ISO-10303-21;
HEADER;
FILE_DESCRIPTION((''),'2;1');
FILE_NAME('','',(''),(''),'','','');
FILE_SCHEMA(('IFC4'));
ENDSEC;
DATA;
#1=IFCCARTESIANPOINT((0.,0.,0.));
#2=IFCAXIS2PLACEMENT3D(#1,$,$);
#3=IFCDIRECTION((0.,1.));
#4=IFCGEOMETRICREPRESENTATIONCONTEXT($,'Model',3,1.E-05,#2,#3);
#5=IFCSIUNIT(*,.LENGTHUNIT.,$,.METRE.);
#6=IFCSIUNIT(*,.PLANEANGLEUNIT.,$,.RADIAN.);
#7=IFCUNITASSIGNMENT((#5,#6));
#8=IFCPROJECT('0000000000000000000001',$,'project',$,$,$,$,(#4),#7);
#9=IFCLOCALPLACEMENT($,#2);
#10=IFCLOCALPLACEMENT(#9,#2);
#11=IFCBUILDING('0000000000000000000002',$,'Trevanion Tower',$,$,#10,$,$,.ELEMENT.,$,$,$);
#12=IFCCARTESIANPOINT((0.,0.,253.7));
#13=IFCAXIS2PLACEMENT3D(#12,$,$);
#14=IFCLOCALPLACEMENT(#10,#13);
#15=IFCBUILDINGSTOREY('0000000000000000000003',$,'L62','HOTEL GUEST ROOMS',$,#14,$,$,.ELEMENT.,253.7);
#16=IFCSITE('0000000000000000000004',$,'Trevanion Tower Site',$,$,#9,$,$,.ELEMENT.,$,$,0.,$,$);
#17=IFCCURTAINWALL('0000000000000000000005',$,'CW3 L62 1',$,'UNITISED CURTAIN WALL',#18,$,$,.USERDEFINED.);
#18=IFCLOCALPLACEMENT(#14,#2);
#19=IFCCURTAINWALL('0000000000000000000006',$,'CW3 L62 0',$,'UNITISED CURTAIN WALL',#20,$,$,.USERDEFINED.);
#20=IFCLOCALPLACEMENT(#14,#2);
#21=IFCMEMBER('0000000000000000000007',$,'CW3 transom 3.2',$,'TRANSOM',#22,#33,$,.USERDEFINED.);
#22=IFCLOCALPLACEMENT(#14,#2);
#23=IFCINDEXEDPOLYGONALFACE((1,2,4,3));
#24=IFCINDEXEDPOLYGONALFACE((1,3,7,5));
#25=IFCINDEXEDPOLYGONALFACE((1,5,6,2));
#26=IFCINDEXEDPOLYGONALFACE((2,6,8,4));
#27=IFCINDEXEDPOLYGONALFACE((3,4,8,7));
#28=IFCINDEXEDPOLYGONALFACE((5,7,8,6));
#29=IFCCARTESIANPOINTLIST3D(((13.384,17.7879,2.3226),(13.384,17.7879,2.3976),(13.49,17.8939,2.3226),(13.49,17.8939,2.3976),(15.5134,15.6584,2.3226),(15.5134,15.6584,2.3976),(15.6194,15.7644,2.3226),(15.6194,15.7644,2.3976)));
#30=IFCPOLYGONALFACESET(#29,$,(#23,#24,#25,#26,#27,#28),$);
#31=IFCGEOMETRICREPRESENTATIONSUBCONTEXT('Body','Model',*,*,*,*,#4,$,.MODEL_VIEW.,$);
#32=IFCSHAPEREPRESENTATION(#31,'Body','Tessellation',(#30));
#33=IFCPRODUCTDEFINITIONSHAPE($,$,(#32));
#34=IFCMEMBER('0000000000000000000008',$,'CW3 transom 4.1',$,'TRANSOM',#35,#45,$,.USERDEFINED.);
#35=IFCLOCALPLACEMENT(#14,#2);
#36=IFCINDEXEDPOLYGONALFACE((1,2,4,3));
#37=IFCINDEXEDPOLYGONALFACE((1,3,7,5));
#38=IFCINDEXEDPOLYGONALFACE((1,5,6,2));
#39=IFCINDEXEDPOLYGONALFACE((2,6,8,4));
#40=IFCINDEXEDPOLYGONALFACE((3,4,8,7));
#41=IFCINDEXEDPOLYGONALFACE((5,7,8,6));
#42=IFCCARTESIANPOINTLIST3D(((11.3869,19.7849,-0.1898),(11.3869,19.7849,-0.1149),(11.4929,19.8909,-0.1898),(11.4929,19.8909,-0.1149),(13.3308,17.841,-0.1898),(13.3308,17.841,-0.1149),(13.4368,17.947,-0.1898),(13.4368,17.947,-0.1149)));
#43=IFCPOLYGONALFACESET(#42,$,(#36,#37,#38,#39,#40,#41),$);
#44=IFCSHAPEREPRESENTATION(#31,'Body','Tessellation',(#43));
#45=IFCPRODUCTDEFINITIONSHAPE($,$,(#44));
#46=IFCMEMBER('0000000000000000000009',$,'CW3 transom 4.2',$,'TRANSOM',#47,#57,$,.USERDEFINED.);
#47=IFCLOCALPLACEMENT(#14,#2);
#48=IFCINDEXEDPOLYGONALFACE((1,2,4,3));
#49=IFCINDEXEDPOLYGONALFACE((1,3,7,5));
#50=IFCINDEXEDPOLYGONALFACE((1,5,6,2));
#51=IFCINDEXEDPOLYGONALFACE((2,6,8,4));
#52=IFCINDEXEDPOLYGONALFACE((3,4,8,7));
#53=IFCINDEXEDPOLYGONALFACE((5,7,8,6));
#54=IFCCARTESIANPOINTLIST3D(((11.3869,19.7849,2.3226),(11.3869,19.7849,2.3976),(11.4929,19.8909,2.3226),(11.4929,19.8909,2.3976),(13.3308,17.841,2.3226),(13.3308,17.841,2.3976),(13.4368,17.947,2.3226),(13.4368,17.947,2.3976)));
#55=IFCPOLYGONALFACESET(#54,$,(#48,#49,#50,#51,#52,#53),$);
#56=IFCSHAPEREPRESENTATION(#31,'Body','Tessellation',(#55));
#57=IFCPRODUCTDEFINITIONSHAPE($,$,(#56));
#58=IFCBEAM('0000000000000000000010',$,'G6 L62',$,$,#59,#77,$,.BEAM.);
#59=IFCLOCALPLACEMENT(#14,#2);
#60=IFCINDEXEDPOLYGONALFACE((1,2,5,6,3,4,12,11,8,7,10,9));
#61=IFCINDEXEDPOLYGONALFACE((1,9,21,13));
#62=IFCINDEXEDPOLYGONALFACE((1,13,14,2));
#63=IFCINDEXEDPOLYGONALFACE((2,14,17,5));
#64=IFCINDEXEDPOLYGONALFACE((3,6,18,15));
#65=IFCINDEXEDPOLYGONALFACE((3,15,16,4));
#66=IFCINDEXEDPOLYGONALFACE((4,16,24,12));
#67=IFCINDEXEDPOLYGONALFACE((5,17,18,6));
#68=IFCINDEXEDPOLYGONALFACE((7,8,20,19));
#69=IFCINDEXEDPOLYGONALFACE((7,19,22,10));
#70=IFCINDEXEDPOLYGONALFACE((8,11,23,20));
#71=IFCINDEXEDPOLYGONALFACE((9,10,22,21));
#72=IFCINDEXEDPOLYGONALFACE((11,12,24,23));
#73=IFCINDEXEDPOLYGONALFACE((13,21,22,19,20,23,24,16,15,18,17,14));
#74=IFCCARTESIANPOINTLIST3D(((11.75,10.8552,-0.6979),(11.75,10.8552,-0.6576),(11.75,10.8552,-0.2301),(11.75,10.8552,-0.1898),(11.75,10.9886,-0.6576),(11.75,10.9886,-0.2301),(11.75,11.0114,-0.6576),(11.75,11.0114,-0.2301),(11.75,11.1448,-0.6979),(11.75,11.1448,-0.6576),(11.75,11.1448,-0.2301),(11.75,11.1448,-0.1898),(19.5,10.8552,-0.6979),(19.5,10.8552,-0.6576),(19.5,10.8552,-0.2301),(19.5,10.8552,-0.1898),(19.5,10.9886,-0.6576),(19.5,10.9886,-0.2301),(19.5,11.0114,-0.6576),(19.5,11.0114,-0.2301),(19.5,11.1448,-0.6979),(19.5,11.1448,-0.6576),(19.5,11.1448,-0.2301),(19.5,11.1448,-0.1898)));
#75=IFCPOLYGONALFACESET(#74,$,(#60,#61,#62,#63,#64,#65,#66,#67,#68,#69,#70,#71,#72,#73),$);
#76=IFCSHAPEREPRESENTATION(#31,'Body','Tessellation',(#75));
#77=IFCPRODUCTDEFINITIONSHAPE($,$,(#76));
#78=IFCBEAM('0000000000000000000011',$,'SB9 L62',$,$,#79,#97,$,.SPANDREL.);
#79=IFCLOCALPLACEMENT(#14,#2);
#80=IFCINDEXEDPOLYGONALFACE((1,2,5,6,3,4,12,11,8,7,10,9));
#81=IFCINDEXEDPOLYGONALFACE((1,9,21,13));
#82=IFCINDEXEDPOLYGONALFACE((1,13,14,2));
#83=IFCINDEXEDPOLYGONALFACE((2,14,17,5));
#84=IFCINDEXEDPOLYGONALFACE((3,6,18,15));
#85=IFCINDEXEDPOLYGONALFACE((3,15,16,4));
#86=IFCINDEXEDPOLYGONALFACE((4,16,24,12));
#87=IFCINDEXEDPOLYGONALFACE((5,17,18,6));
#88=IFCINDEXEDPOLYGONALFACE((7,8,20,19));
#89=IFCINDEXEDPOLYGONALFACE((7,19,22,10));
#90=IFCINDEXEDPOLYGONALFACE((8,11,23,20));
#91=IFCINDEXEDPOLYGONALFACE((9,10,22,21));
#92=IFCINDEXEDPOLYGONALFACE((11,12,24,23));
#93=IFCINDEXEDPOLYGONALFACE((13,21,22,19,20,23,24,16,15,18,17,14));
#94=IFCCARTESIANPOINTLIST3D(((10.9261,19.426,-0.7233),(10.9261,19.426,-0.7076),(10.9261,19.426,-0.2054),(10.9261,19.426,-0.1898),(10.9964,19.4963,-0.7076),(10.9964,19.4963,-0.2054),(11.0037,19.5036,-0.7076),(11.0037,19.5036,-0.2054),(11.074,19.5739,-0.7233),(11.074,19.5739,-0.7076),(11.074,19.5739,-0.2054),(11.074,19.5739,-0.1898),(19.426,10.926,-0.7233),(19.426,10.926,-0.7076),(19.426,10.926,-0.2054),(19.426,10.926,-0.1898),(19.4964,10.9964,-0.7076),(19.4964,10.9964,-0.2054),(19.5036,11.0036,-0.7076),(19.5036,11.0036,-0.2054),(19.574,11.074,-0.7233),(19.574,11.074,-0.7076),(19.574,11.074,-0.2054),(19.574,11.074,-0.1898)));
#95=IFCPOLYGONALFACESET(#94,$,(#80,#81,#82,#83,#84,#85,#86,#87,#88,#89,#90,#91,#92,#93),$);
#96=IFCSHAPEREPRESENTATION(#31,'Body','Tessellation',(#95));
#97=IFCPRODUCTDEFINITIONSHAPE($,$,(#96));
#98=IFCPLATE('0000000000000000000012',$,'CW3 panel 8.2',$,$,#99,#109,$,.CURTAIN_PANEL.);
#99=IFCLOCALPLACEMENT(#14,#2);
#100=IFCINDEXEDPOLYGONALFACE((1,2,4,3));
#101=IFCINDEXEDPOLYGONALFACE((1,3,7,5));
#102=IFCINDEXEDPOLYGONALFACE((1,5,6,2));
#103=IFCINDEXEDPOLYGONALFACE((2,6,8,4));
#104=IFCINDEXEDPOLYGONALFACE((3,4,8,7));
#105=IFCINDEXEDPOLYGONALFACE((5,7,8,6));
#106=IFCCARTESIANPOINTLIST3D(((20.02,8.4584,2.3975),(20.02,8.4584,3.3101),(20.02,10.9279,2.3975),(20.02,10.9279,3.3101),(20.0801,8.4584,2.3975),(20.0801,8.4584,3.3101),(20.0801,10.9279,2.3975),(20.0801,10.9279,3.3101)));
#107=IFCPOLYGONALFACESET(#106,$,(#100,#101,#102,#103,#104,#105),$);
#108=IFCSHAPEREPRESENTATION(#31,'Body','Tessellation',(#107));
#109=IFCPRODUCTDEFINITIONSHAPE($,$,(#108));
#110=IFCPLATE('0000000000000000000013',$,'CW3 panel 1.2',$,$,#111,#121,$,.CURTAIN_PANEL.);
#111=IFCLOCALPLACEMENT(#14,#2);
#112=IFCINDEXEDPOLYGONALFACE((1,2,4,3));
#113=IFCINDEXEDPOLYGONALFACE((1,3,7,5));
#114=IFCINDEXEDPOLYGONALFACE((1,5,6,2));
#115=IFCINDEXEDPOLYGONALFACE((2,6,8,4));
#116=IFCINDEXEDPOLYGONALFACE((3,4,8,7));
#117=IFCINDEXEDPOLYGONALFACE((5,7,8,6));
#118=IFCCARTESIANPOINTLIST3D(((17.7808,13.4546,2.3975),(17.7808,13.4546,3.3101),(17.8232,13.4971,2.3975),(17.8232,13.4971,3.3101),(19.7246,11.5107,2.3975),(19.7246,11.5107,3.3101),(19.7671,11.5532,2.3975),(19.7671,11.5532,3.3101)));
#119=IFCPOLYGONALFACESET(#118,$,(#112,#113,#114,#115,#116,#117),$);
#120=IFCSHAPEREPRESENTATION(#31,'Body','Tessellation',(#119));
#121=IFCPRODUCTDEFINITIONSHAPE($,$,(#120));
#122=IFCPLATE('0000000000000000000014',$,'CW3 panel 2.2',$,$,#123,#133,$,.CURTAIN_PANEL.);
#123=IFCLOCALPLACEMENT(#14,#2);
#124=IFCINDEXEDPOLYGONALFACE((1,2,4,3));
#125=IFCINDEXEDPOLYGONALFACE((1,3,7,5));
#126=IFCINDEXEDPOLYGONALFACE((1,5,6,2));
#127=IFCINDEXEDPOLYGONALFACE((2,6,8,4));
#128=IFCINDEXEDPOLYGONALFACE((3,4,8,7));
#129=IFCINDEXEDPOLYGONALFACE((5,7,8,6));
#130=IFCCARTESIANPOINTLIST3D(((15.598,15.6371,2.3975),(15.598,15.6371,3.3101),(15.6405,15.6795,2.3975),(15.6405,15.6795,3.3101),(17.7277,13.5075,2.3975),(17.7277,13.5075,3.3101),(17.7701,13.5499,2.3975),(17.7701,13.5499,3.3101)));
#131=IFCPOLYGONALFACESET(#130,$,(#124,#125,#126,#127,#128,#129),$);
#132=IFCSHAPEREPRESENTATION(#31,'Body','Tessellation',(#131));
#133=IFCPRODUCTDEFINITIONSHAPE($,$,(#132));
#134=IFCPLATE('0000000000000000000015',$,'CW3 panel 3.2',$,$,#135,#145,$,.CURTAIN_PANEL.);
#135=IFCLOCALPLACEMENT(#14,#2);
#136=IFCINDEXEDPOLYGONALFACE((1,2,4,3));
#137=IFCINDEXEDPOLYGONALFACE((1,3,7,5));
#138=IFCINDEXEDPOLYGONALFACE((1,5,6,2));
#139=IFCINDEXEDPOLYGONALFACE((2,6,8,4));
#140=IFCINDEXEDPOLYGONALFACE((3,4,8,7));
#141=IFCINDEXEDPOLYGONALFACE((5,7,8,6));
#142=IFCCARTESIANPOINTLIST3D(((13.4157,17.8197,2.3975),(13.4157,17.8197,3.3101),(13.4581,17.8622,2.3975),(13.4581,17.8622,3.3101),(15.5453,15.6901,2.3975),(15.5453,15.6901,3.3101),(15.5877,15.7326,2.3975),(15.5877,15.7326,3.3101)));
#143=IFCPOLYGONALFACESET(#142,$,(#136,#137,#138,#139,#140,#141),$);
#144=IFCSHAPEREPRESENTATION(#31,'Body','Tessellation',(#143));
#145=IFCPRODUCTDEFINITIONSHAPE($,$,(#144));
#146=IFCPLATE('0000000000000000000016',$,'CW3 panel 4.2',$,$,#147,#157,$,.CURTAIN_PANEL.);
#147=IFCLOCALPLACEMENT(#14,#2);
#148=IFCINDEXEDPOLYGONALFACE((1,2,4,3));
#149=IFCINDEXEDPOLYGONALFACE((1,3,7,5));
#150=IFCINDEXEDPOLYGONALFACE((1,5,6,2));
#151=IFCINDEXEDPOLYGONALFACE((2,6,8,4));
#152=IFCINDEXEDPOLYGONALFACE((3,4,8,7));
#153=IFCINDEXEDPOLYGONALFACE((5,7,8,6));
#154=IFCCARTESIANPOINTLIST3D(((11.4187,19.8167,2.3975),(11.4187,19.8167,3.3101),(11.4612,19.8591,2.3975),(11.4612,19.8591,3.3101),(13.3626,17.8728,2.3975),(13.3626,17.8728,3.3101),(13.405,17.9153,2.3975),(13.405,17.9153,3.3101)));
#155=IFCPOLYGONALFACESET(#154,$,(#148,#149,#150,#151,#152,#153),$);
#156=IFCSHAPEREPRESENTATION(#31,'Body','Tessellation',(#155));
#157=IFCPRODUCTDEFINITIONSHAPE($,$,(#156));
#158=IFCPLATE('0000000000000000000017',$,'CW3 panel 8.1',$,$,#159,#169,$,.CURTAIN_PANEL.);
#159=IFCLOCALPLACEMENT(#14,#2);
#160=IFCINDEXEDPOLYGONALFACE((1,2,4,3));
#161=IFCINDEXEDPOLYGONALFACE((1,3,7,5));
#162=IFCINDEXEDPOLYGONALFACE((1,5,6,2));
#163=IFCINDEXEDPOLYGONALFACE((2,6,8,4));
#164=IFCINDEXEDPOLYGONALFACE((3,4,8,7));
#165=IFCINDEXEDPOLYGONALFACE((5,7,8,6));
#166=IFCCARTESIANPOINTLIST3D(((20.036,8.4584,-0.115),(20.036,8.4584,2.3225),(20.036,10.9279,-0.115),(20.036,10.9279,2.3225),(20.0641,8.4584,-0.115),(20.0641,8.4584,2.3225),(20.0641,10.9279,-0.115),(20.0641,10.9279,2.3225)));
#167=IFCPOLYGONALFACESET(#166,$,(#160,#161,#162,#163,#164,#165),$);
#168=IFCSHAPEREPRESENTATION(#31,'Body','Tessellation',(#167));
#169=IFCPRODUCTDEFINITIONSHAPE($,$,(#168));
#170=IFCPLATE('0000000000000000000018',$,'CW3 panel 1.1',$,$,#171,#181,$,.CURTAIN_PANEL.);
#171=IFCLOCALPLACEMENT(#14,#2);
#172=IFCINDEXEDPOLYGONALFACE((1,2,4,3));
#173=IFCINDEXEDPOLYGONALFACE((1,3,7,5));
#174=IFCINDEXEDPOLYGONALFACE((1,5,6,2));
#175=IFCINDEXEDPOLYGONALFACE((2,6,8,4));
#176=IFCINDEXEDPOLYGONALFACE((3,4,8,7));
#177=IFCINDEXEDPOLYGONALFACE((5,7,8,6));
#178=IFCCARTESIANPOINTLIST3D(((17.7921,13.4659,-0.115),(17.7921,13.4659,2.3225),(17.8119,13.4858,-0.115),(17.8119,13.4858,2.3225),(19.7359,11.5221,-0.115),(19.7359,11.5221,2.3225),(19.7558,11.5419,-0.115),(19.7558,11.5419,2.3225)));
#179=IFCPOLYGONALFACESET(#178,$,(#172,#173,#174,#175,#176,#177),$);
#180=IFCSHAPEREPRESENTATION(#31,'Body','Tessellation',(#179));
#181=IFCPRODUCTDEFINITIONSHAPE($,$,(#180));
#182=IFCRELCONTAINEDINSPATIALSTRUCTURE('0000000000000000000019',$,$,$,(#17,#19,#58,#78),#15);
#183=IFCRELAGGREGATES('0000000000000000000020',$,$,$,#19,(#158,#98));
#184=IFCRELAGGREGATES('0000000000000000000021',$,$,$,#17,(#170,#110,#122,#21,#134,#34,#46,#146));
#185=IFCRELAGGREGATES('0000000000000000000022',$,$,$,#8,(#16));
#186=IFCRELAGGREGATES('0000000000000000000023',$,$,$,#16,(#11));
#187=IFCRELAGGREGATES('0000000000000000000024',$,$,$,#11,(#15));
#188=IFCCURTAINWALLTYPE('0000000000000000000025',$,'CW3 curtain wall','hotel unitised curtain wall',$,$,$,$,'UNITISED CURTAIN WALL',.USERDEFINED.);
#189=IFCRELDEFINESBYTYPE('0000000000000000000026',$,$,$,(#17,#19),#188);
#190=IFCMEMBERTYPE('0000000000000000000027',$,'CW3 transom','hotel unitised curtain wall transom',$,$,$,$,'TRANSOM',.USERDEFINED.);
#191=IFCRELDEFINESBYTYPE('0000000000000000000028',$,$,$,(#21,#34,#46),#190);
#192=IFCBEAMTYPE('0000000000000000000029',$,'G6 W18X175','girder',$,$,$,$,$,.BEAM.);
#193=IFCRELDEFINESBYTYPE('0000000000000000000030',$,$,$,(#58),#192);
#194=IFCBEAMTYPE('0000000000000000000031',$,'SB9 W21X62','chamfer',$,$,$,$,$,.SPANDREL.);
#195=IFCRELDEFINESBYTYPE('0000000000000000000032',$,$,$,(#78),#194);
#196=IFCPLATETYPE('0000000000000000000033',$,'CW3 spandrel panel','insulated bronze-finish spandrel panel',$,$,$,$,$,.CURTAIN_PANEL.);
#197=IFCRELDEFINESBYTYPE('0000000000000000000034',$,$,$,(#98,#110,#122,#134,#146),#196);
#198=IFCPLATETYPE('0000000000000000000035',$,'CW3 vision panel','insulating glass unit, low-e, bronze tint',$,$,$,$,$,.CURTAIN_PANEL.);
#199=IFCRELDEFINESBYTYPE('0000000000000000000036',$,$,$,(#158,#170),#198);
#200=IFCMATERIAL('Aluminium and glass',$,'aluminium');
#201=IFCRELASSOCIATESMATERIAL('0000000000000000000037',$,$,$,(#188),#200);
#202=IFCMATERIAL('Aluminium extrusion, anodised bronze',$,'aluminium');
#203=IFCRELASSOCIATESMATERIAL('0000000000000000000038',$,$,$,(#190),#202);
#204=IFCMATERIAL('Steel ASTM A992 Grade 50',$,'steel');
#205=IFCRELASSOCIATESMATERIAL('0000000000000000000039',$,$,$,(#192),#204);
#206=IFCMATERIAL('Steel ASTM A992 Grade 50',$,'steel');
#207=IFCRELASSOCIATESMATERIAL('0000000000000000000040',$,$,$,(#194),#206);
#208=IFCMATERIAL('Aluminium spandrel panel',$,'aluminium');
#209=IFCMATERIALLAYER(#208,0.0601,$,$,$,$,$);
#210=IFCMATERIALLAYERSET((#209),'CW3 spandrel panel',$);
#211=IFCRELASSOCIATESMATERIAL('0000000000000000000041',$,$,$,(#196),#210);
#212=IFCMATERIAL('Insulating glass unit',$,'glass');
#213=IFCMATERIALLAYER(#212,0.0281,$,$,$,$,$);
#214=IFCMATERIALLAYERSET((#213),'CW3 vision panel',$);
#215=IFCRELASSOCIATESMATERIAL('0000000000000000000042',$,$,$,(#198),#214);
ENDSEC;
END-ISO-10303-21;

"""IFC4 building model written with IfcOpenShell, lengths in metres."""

from ifc_helpers import new_model, si_unit, direction, frame, origin, origin_2d, place, context, subcontext, project, spatial, rectangle, i_section, extrude, material, layer, layer_set, material_profile, profile_set, type_object, element, aggregate, save


model = new_model("IFC4")

# Units and contexts
model_context = context("Model", 3, precision=1e-05, world=origin(), true_north=direction((0.0, 1.0)))
body_context = subcontext(model_context, "Body", "Model", "MODEL_VIEW")
ifc_project = project(units=[si_unit("LENGTHUNIT", "METRE"), si_unit("PLANEANGLEUNIT", "RADIAN")], contexts=[model_context])

# Site, building, storey
site_placement = place(None, origin())
site = spatial("IfcSite", under=ifc_project, at=site_placement, Name="Trevanion Tower Site", CompositionType="ELEMENT", RefElevation=0.0)
building_placement = place(site_placement, origin())
building = spatial("IfcBuilding", under=site, at=building_placement, Name="Trevanion Tower", CompositionType="ELEMENT")
storey_placement = place(building_placement, frame((0.0, 0.0, 253.7)))
storey = spatial("IfcBuildingStorey", under=building, at=storey_placement, Name="L62", Description="HOTEL GUEST ROOMS", CompositionType="ELEMENT", Elevation=253.7)

# Curtain wall
ifc_material_1 = material(Name="Aluminium and glass", Category="aluminium")
curtain_wall_type = type_object("IfcCurtainWallType", Name="CW3 curtain wall", Description="hotel unitised curtain wall", ElementType="UNITISED CURTAIN WALL", PredefinedType="USERDEFINED", material=ifc_material_1)
curtain_wall_1_placement = place(storey_placement, origin())
curtain_wall_1 = element("IfcCurtainWall", 1, at=curtain_wall_1_placement, inside=storey, type_object=curtain_wall_type, Name="CW3 L62 1", ObjectType="UNITISED CURTAIN WALL", PredefinedType="USERDEFINED")

# Curtain wall
curtain_wall_2_placement = place(storey_placement, origin())
curtain_wall_2 = element("IfcCurtainWall", 2, at=curtain_wall_2_placement, inside=storey, type_object=curtain_wall_type, Name="CW3 L62 0", ObjectType="UNITISED CURTAIN WALL", PredefinedType="USERDEFINED")

# Members
ifc_material_2 = material(Name="Aluminium extrusion, anodised bronze", Category="aluminium")
ifc_material_profile_1 = material_profile(ifc_material_2, rectangle(XDim=0.1499, YDim=0.075, at=origin_2d()), Name="CW3 transom")
ifc_profile_set_1 = profile_set([ifc_material_profile_1], Name="Aluminium extrusion, anodised bronze")
member_type_1 = type_object("IfcMemberType", Name="CW3 transom", Description="hotel unitised curtain wall transom", ElementType="TRANSOM", PredefinedType="USERDEFINED", material=ifc_profile_set_1)
member_1_placement = place(storey_placement, frame((15.5664, 15.7114, 2.3601), z_axis=(-0.707107, 0.707107, 0.0), x_axis=(-0.707107, -0.707107, 0.0)))
member_1 = element("IfcMember", 3, at=member_1_placement, type_object=member_type_1, Name="CW3 transom 3.2", ObjectType="TRANSOM", PredefinedType="USERDEFINED", context=body_context, shape_type="SweptSolid", body=[
    extrude(rectangle(XDim=0.1499, YDim=0.075, at=origin_2d()), origin(), (0.0, 0.0, 1.0), 3.0115),
])
member_2_placement = place(storey_placement, frame((13.3838, 17.894, -0.1523), z_axis=(-0.707107, 0.707107, 0.0), x_axis=(-0.707107, -0.707107, 0.0)))
member_2 = element("IfcMember", 4, at=member_2_placement, type_object=member_type_1, Name="CW3 transom 4.1", ObjectType="TRANSOM", PredefinedType="USERDEFINED", context=body_context, shape_type="SweptSolid", body=[
    extrude(rectangle(XDim=0.1499, YDim=0.075, at=origin_2d()), origin(), (0.0, 0.0, 1.0), 2.749),
])
member_3_placement = place(storey_placement, frame((13.3838, 17.894, 2.3601), z_axis=(-0.707107, 0.707107, 0.0), x_axis=(-0.707107, -0.707107, 0.0)))
member_3 = element("IfcMember", 5, at=member_3_placement, type_object=member_type_1, Name="CW3 transom 4.2", ObjectType="TRANSOM", PredefinedType="USERDEFINED", context=body_context, shape_type="SweptSolid", body=[
    extrude(rectangle(XDim=0.1499, YDim=0.075, at=origin_2d()), origin(), (0.0, 0.0, 1.0), 2.749),
])

# Beams
ifc_material_3 = material(Name="Steel ASTM A992 Grade 50", Category="steel")
ifc_material_profile_2 = material_profile(ifc_material_3, i_section(OverallWidth=0.2896, OverallDepth=0.5081, WebThickness=0.0227, FlangeThickness=0.0403, at=origin_2d()), Name="W18X175")
ifc_profile_set_2 = profile_set([ifc_material_profile_2], Name="Steel ASTM A992 Grade 50")
beam_type_1 = type_object("IfcBeamType", Name="G6 W18X175", Description="girder", PredefinedType="BEAM", material=ifc_profile_set_2)
beam_1_placement = place(storey_placement, frame((11.75, 11.0, -0.4438), z_axis=(1.0, 0.0, 0.0), x_axis=(0.0, 1.0, 0.0)))
element("IfcBeam", 6, at=beam_1_placement, inside=storey, type_object=beam_type_1, Name="G6 L62", PredefinedType="BEAM", context=body_context, shape_type="SweptSolid", body=[
    extrude(i_section(OverallWidth=0.2896, OverallDepth=0.5081, WebThickness=0.0227, FlangeThickness=0.0403, at=origin_2d()), origin(), (0.0, 0.0, 1.0), 7.75),
])
ifc_material_4 = material(Name="Steel ASTM A992 Grade 50", Category="steel")
ifc_material_profile_3 = material_profile(ifc_material_4, i_section(OverallWidth=0.2092, OverallDepth=0.5334, WebThickness=0.0103, FlangeThickness=0.0156, at=origin_2d()), Name="W21X62")
ifc_profile_set_3 = profile_set([ifc_material_profile_3], Name="Steel ASTM A992 Grade 50")
beam_type_2 = type_object("IfcBeamType", Name="SB9 W21X62", Description="chamfer", PredefinedType="SPANDREL", material=ifc_profile_set_3)
beam_2_placement = place(storey_placement, frame((19.5, 11.0, -0.4565), z_axis=(-0.707107, 0.707107, 0.0), x_axis=(-0.707107, -0.707107, 0.0)))
element("IfcBeam", 7, at=beam_2_placement, inside=storey, type_object=beam_type_2, Name="SB9 L62", PredefinedType="SPANDREL", context=body_context, shape_type="SweptSolid", body=[
    extrude(i_section(OverallWidth=0.2092, OverallDepth=0.5334, WebThickness=0.0103, FlangeThickness=0.0156, at=origin_2d()), origin(), (0.0, 0.0, 1.0), 12.0208),
])

# Plates
ifc_material_5 = material(Name="Aluminium spandrel panel", Category="aluminium")
ifc_layer_1 = layer(ifc_material_5, 0.0601)
ifc_layer_set_1 = layer_set([ifc_layer_1], Name="CW3 spandrel panel")
plate_type_1 = type_object("IfcPlateType", Name="CW3 spandrel panel", Description="insulated bronze-finish spandrel panel", PredefinedType="CURTAIN_PANEL", material=ifc_layer_set_1)
plate_1_placement = place(storey_placement, frame((20.05, 9.6931, 2.3975), z_axis=(0.0, 0.0, 1.0), x_axis=(0.0, 1.0, 0.0)))
plate_1 = element("IfcPlate", 8, at=plate_1_placement, type_object=plate_type_1, Name="CW3 panel 8.2", PredefinedType="CURTAIN_PANEL", context=body_context, shape_type="SweptSolid", body=[
    extrude(rectangle(XDim=2.4695, YDim=0.0601, at=origin_2d()), origin(), (0.0, 0.0, 1.0), 0.9126),
])
plate_2_placement = place(storey_placement, frame((18.7739, 12.5039, 2.3975), z_axis=(0.0, 0.0, 1.0), x_axis=(-0.707107, 0.707107, 0.0)))
plate_2 = element("IfcPlate", 9, at=plate_2_placement, type_object=plate_type_1, Name="CW3 panel 1.2", PredefinedType="CURTAIN_PANEL", context=body_context, shape_type="SweptSolid", body=[
    extrude(rectangle(XDim=2.749, YDim=0.0601, at=origin_2d()), origin(), (0.0, 0.0, 1.0), 0.9126),
])
plate_3_placement = place(storey_placement, frame((16.6841, 14.5935, 2.3975), z_axis=(0.0, 0.0, 1.0), x_axis=(-0.707107, 0.707107, 0.0)))
plate_3 = element("IfcPlate", 10, at=plate_3_placement, type_object=plate_type_1, Name="CW3 panel 2.2", PredefinedType="CURTAIN_PANEL", context=body_context, shape_type="SweptSolid", body=[
    extrude(rectangle(XDim=3.0117, YDim=0.0601, at=origin_2d()), origin(), (0.0, 0.0, 1.0), 0.9126),
])
plate_4_placement = place(storey_placement, frame((14.5017, 16.7761, 2.3975), z_axis=(0.0, 0.0, 1.0), x_axis=(-0.707107, 0.707107, 0.0)))
plate_4 = element("IfcPlate", 11, at=plate_4_placement, type_object=plate_type_1, Name="CW3 panel 3.2", PredefinedType="CURTAIN_PANEL", context=body_context, shape_type="SweptSolid", body=[
    extrude(rectangle(XDim=3.0117, YDim=0.0601, at=origin_2d()), origin(), (0.0, 0.0, 1.0), 0.9126),
])
plate_5_placement = place(storey_placement, frame((12.4119, 18.866, 2.3975), z_axis=(0.0, 0.0, 1.0), x_axis=(-0.707107, 0.707107, 0.0)))
plate_5 = element("IfcPlate", 12, at=plate_5_placement, type_object=plate_type_1, Name="CW3 panel 4.2", PredefinedType="CURTAIN_PANEL", context=body_context, shape_type="SweptSolid", body=[
    extrude(rectangle(XDim=2.749, YDim=0.0601, at=origin_2d()), origin(), (0.0, 0.0, 1.0), 0.9126),
])
ifc_material_6 = material(Name="Insulating glass unit", Category="glass")
ifc_layer_2 = layer(ifc_material_6, 0.0281)
ifc_layer_set_2 = layer_set([ifc_layer_2], Name="CW3 vision panel")
plate_type_2 = type_object("IfcPlateType", Name="CW3 vision panel", Description="insulating glass unit, low-e, bronze tint", PredefinedType="CURTAIN_PANEL", material=ifc_layer_set_2)
plate_6_placement = place(storey_placement, frame((20.05, 9.6931, -0.115), z_axis=(0.0, 0.0, 1.0), x_axis=(0.0, 1.0, 0.0)))
plate_6 = element("IfcPlate", 13, at=plate_6_placement, type_object=plate_type_2, Name="CW3 panel 8.1", PredefinedType="CURTAIN_PANEL", context=body_context, shape_type="SweptSolid", body=[
    extrude(rectangle(XDim=2.4695, YDim=0.0281, at=origin_2d()), origin(), (0.0, 0.0, 1.0), 2.4375),
])
aggregate(curtain_wall_2, [plate_6, plate_1])
plate_7_placement = place(storey_placement, frame((18.7739, 12.5039, -0.115), z_axis=(0.0, 0.0, 1.0), x_axis=(-0.707107, 0.707107, 0.0)))
plate_7 = element("IfcPlate", 14, at=plate_7_placement, type_object=plate_type_2, Name="CW3 panel 1.1", PredefinedType="CURTAIN_PANEL", context=body_context, shape_type="SweptSolid", body=[
    extrude(rectangle(XDim=2.749, YDim=0.0281, at=origin_2d()), origin(), (0.0, 0.0, 1.0), 2.4375),
])
aggregate(curtain_wall_1, [plate_7, plate_2, plate_3, member_1, plate_4, member_2, member_3, plate_5])

save(model, "model.ifc")
